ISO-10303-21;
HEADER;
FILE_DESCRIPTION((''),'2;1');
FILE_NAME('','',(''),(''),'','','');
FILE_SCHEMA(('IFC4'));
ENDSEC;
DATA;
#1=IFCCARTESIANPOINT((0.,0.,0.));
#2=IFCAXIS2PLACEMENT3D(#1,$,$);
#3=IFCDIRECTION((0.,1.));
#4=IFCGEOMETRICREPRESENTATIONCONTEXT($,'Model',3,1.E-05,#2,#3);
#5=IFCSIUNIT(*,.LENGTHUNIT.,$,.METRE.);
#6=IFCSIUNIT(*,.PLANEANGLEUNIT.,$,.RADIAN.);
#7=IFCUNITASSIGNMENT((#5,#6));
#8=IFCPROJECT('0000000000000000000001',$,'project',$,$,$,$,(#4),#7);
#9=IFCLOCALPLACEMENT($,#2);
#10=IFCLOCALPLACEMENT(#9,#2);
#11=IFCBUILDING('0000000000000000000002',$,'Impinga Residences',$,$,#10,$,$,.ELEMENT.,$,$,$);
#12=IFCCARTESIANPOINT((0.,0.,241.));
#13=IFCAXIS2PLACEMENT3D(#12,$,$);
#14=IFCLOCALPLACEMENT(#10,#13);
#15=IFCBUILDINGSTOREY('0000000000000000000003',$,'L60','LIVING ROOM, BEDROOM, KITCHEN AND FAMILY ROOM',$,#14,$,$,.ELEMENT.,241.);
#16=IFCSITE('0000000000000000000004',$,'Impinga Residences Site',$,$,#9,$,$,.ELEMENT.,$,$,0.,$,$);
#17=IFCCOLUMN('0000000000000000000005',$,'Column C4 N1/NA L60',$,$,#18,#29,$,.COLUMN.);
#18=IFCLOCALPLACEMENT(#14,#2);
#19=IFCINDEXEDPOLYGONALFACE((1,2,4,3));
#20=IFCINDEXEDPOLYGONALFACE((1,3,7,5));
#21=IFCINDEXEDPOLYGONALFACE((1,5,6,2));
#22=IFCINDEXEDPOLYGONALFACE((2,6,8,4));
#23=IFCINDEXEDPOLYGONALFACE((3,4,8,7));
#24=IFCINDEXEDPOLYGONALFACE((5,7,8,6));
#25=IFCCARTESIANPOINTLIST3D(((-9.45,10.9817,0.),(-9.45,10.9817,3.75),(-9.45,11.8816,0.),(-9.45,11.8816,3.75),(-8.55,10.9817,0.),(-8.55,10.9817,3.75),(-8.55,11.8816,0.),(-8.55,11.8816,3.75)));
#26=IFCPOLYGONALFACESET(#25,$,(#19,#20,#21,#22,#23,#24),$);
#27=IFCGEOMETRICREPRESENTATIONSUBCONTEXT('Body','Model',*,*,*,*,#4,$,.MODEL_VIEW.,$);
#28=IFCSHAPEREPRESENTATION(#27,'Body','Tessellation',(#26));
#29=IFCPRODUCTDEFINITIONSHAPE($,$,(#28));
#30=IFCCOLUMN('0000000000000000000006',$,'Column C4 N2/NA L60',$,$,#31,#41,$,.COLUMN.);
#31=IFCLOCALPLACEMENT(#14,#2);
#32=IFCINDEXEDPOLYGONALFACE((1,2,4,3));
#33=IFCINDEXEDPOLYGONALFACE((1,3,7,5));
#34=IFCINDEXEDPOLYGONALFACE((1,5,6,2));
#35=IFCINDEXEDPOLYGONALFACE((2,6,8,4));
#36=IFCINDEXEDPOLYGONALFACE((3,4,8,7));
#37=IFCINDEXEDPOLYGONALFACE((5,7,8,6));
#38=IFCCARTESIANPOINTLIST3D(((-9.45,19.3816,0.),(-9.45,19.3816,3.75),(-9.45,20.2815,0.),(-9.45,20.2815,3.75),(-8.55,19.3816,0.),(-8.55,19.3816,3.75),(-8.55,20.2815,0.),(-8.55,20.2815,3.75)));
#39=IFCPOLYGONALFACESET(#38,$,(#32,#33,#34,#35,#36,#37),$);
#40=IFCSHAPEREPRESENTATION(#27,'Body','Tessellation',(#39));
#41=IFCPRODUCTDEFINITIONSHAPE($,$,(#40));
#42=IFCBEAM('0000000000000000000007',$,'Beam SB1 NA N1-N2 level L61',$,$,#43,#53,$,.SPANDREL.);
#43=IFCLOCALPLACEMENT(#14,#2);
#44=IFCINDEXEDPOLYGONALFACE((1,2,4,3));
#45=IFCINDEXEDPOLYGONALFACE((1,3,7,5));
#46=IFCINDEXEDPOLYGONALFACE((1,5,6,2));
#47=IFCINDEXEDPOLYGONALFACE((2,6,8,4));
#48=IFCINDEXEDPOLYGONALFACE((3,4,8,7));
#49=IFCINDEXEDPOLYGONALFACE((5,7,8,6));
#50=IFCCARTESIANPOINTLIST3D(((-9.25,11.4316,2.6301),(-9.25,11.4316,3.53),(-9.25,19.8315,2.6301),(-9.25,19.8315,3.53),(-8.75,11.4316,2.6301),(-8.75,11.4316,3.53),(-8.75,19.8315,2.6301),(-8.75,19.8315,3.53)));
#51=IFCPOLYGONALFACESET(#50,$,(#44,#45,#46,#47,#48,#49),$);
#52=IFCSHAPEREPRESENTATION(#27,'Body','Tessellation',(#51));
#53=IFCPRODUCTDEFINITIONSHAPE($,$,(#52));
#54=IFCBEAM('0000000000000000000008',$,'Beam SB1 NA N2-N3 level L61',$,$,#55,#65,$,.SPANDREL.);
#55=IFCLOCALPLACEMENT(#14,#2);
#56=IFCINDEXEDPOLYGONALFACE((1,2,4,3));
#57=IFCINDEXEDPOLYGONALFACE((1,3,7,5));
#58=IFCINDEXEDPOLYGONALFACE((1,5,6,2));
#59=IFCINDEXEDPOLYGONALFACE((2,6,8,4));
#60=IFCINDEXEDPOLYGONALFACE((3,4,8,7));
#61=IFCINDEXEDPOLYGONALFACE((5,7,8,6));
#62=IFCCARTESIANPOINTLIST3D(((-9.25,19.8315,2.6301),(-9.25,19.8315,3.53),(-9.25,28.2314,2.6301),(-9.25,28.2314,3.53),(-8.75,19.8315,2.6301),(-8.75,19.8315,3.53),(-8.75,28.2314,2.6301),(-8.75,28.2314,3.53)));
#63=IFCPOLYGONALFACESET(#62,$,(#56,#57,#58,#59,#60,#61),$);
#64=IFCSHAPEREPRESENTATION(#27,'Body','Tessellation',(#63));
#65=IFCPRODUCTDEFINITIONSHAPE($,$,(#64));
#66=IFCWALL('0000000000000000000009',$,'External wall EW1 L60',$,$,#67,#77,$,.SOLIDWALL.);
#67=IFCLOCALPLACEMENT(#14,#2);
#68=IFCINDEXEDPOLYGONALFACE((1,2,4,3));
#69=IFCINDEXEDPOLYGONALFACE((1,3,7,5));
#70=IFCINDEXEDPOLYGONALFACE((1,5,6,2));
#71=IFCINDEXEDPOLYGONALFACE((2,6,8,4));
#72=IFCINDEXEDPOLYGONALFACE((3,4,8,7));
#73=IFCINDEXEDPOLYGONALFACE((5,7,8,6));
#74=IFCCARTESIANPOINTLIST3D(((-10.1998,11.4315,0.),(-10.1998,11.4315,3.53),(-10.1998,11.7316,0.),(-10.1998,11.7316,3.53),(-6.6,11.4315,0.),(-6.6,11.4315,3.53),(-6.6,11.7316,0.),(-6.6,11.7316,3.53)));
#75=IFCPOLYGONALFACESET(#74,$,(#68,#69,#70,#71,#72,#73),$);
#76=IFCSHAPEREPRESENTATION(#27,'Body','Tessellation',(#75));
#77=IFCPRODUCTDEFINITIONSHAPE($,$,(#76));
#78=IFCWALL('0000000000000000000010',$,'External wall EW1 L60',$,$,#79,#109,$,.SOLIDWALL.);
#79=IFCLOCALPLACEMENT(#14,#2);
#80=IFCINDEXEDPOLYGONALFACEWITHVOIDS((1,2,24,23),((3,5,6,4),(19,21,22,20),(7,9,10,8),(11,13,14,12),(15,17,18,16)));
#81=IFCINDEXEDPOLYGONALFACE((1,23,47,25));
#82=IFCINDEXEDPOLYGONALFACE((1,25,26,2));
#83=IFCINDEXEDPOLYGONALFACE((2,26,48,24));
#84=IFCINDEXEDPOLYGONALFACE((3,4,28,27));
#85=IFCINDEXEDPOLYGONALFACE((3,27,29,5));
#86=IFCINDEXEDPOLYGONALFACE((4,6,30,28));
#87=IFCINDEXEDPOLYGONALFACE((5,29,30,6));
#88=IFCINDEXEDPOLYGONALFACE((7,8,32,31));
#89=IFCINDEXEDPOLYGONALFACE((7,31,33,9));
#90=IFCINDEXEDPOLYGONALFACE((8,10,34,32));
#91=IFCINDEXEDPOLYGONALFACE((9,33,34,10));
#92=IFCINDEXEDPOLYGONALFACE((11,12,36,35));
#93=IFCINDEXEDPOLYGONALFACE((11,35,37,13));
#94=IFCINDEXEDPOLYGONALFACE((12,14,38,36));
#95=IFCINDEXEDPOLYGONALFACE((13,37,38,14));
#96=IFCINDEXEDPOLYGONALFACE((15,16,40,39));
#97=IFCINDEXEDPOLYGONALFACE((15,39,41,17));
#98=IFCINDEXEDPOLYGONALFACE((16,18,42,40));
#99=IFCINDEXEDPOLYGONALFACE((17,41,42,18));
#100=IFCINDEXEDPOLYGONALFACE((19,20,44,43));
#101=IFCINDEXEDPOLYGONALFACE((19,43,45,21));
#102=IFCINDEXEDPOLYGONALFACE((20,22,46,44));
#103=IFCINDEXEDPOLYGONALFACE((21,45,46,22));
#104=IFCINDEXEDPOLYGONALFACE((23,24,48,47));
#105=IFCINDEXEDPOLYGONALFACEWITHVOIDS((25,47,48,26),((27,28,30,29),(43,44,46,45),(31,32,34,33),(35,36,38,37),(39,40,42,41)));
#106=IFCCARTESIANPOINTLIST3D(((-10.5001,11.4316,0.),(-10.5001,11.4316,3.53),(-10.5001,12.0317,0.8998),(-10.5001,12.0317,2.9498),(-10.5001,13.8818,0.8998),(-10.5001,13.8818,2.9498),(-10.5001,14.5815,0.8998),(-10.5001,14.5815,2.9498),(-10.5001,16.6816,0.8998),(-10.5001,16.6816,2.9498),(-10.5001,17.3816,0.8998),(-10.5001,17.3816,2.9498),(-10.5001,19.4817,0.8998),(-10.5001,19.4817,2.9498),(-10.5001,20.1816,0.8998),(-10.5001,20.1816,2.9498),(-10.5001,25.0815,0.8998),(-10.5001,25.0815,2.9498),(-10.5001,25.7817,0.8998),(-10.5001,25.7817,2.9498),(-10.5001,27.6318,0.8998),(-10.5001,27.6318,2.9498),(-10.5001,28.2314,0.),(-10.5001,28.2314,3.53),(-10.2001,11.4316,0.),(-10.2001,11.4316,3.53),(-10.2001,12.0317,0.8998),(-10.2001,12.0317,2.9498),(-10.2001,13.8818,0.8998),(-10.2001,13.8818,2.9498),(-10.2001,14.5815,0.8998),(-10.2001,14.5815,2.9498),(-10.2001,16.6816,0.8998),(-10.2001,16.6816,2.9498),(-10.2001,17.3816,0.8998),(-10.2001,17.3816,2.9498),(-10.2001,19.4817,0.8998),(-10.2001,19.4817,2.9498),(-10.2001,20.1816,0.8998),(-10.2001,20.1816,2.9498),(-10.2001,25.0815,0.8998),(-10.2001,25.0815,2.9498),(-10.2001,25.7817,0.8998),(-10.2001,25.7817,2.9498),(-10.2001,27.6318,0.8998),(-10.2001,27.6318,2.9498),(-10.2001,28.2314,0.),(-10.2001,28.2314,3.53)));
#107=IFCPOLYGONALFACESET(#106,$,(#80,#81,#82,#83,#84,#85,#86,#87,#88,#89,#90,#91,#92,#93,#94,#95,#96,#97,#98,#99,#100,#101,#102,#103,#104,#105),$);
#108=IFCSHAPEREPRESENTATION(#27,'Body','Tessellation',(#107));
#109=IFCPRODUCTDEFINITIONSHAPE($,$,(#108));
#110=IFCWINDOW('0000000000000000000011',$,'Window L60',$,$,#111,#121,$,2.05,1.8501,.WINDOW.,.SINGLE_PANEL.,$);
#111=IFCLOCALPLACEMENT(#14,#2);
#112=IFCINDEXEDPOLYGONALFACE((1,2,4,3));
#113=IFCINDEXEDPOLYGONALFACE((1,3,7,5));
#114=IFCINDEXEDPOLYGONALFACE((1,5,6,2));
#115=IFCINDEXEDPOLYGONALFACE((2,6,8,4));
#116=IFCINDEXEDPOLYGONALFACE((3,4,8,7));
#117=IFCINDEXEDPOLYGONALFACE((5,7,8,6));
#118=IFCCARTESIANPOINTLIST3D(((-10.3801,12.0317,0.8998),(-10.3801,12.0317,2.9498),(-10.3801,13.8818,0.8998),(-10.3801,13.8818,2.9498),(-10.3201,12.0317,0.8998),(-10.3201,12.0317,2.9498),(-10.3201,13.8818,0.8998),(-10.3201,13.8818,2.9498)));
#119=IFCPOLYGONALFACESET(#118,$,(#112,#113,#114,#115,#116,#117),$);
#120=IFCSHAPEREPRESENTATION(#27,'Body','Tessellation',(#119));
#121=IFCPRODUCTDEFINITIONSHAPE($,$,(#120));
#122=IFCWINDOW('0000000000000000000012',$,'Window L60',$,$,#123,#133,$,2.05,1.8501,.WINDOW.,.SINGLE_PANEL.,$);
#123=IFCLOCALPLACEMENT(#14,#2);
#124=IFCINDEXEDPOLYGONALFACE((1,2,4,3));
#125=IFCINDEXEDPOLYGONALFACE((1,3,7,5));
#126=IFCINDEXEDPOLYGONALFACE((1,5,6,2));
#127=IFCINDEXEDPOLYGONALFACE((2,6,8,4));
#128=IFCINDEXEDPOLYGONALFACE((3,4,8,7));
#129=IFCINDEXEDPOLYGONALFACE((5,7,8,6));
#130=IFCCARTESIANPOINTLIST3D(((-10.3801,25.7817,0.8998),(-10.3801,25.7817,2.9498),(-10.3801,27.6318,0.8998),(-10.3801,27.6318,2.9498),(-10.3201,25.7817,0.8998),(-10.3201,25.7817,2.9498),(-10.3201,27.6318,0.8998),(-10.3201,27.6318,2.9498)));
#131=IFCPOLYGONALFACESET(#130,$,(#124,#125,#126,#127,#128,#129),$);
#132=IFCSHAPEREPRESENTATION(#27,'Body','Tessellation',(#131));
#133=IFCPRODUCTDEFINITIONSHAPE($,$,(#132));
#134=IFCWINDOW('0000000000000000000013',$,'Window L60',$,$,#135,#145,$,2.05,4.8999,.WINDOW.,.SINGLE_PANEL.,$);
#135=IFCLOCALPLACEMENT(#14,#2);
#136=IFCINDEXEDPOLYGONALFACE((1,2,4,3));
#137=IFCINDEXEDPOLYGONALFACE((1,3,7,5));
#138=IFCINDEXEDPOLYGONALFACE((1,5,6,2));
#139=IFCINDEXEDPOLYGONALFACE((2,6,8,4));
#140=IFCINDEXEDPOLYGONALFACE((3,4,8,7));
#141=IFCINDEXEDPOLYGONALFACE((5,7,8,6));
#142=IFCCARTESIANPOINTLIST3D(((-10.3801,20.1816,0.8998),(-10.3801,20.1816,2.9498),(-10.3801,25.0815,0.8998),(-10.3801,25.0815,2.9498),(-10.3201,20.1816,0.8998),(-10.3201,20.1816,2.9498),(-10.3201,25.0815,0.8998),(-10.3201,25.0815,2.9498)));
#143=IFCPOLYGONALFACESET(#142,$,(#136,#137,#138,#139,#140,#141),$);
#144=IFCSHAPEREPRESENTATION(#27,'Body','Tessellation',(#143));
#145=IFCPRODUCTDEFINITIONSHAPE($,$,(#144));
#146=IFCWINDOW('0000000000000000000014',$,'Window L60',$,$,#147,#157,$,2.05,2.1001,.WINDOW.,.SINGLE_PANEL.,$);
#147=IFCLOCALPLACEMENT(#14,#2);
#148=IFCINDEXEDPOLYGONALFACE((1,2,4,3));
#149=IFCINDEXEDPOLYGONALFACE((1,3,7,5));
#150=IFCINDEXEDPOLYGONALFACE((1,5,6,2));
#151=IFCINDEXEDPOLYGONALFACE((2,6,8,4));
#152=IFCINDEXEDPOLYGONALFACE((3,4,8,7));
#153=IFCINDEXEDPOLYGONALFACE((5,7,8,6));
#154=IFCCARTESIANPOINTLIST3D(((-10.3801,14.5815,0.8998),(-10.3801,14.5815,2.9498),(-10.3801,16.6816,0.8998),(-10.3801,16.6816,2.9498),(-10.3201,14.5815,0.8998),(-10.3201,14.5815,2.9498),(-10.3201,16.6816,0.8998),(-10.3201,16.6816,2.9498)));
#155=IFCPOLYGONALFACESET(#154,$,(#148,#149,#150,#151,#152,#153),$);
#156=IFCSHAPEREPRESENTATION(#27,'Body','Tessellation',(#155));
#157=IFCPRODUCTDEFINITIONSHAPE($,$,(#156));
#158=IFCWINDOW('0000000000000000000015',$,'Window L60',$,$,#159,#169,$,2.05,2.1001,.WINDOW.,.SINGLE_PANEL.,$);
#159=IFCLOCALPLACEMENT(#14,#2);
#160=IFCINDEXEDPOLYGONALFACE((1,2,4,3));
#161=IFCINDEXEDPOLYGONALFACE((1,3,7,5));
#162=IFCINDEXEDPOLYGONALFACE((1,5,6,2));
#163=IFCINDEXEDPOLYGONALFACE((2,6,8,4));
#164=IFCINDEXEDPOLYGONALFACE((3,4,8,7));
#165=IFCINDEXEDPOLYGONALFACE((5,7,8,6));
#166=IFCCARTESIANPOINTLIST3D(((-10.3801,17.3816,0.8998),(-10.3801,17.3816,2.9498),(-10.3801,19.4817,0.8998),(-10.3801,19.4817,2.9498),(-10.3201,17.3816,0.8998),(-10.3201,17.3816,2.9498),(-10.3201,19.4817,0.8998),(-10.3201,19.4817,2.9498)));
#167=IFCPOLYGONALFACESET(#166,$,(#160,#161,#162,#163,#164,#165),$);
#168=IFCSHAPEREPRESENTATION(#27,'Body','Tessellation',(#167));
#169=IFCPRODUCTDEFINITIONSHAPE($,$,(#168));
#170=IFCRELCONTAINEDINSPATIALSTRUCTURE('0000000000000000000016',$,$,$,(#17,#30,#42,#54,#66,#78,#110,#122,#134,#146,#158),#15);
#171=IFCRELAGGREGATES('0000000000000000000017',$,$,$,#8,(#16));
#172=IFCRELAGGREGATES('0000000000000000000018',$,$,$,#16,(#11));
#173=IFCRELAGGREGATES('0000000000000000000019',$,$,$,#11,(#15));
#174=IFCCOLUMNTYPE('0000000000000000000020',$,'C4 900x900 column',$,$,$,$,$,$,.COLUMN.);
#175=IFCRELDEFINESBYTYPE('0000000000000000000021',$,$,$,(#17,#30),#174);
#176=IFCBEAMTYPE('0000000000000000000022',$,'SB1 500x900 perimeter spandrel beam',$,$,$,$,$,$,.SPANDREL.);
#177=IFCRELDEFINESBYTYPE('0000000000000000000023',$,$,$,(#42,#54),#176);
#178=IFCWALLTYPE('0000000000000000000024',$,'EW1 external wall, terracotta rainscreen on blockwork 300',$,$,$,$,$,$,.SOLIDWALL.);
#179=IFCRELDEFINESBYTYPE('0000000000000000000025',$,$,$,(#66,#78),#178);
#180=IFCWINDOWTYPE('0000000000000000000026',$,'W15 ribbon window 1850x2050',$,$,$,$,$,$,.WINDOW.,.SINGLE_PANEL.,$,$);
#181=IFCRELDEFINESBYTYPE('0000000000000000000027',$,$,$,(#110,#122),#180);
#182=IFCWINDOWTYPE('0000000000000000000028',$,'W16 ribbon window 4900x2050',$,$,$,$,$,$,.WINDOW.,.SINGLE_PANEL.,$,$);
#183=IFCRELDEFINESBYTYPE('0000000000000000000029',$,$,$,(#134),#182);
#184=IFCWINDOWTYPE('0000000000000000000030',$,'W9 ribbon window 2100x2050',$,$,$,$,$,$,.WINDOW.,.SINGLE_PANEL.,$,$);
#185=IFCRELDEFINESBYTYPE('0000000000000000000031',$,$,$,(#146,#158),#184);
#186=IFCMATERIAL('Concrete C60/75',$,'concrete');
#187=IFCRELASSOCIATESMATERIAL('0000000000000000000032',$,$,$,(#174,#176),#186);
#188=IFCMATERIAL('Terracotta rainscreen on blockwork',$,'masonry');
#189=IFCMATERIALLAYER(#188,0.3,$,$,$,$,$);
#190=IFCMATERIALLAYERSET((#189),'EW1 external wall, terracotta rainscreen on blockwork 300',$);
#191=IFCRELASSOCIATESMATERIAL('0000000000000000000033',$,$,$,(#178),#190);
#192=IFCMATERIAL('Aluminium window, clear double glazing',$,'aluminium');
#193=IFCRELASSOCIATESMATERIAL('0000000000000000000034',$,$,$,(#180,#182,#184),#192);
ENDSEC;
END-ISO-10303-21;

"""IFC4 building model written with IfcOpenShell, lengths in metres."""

from ifc_helpers import new_model, si_unit, direction, frame, frame_2d, origin, origin_2d, place, context, subcontext, project, spatial, rectangle, extrude, material, layer, layer_set, material_profile, profile_set, type_object, element, fill, save


model = new_model("IFC4")

# Units and contexts
model_context = context("Model", 3, precision=1e-05, world=origin(), true_north=direction((0.0, 1.0)))
body_context = subcontext(model_context, "Body", "Model", "MODEL_VIEW")
ifc_project = project(units=[si_unit("LENGTHUNIT", "METRE"), si_unit("PLANEANGLEUNIT", "RADIAN")], contexts=[model_context])

# Site, building, storey
site_placement = place(None, origin())
site = spatial("IfcSite", under=ifc_project, at=site_placement, Name="Impinga Residences Site", CompositionType="ELEMENT", RefElevation=0.0)
building_placement = place(site_placement, origin())
building = spatial("IfcBuilding", under=site, at=building_placement, Name="Impinga Residences", CompositionType="ELEMENT")
storey_placement = place(building_placement, frame((0.0, 0.0, 241.0)))
storey = spatial("IfcBuildingStorey", under=building, at=storey_placement, Name="L60", Description="LIVING ROOM, BEDROOM, KITCHEN AND FAMILY ROOM", CompositionType="ELEMENT", Elevation=241.0)

# Columns
ifc_material_1 = material(Name="Concrete C60/75", Category="concrete")
ifc_material_profile_1 = material_profile(ifc_material_1, rectangle(XDim=0.8999, YDim=0.8999, at=origin_2d()), Name="RC 900x900")
ifc_profile_set_1 = profile_set([ifc_material_profile_1], Name="Concrete C60/75")
column_type = type_object("IfcColumnType", Name="C4 900x900 column", PredefinedType="COLUMN", material=ifc_profile_set_1)
for number, where, z_axis, x_axis, name in (
    (1, (-9.0, 11.4316, 0.0), (0.0, 0.0, 1.0), (1.0, 0.0, 0.0), "Column C4 N1/NA L60"),
    (2, (-9.0, 19.8315, 0.0), (0.0, 0.0, 1.0), (1.0, 0.0, 0.0), "Column C4 N2/NA L60"),
):
    element("IfcColumn", number, at=place(storey_placement, frame(where, z_axis=z_axis, x_axis=x_axis)), inside=storey, type_object=column_type, Name=name, PredefinedType="COLUMN", context=body_context, shape_type="SweptSolid", body=[
        extrude(rectangle(XDim=0.8999, YDim=0.8999, at=origin_2d()), origin(), (0.0, 0.0, 1.0), 3.75),
    ])

# Beams
ifc_material_profile_2 = material_profile(ifc_material_1, rectangle(XDim=0.5, YDim=0.8999, at=origin_2d()), Name="RC 500x900")
ifc_profile_set_2 = profile_set([ifc_material_profile_2], Name="Concrete C60/75")
beam_type = type_object("IfcBeamType", Name="SB1 500x900 perimeter spandrel beam", PredefinedType="SPANDREL", material=ifc_profile_set_2)
for number, where, z_axis, x_axis, name in (
    (3, (-9.0, 11.4316, 3.0801), (0.0, 1.0, 0.0), (-1.0, 0.0, 0.0), "Beam SB1 NA N1-N2 level L61"),
    (4, (-9.0, 19.8315, 3.0801), (0.0, 1.0, 0.0), (-1.0, 0.0, 0.0), "Beam SB1 NA N2-N3 level L61"),
):
    element("IfcBeam", number, at=place(storey_placement, frame(where, z_axis=z_axis, x_axis=x_axis)), inside=storey, type_object=beam_type, Name=name, PredefinedType="SPANDREL", context=body_context, shape_type="SweptSolid", body=[
        extrude(rectangle(XDim=0.5, YDim=0.8999, at=origin_2d()), origin(), (0.0, 0.0, 1.0), 8.3999),
    ])

# Wall
ifc_material_2 = material(Name="Terracotta rainscreen on blockwork", Category="masonry")
ifc_layer_1 = layer(ifc_material_2, 0.3)
ifc_layer_set_1 = layer_set([ifc_layer_1], Name="EW1 external wall, terracotta rainscreen on blockwork 300")
wall_type_1 = type_object("IfcWallType", Name="EW1 external wall, terracotta rainscreen on blockwork 300", PredefinedType="SOLIDWALL", material=ifc_layer_set_1)
wall_1_placement = place(storey_placement, frame((-6.6001, 11.5815, 0.0), z_axis=(0.0, 0.0, 1.0), x_axis=(-1.0, 0.0, 0.0)))
element("IfcWall", 5, at=wall_1_placement, inside=storey, type_object=wall_type_1, Name="External wall EW1 L60", PredefinedType="SOLIDWALL", context=body_context, shape_type="SweptSolid", body=[
    extrude(rectangle(XDim=3.5999, YDim=0.3, at=frame_2d((1.7998, 0.0))), origin(), (0.0, 0.0, 1.0), 3.53),
])

# Wall, openings, windows
wall_2_placement = place(storey_placement, frame((-10.3501, 11.4316, 0.0), z_axis=(0.0, 0.0, 1.0), x_axis=(0.0, 1.0, 0.0)))
wall_2 = element("IfcWall", 6, at=wall_2_placement, inside=storey, type_object=wall_type_1, Name="External wall EW1 L60", PredefinedType="SOLIDWALL", context=body_context, shape_type="SweptSolid", body=[
    extrude(rectangle(XDim=16.7998, YDim=0.3, at=frame_2d((8.3999, 0.0))), origin(), (0.0, 0.0, 1.0), 3.53),
])
opening_1_placement = place(wall_2_placement, frame((0.6001, 0.0, 0.8999)))
opening_1 = element("IfcOpeningElement", 7, at=opening_1_placement, cuts=wall_2, PredefinedType="OPENING", context=body_context, shape_type="SweptSolid", body=[
    extrude(rectangle(XDim=1.8501, YDim=2.05, at=frame_2d((0.925, 1.0249))), frame((0.0, 0.1599, 0.0), z_axis=(0.0, -1.0, 0.0), x_axis=(1.0, 0.0, 0.0)), (0.0, 0.0, 1.0), 0.3201),
])
opening_2_placement = place(wall_2_placement, frame((3.1499, 0.0, 0.8999)))
opening_2 = element("IfcOpeningElement", 8, at=opening_2_placement, cuts=wall_2, PredefinedType="OPENING", context=body_context, shape_type="SweptSolid", body=[
    extrude(rectangle(XDim=2.1001, YDim=2.05, at=frame_2d((1.05, 1.0249))), frame((0.0, 0.1599, 0.0), z_axis=(0.0, -1.0, 0.0), x_axis=(1.0, 0.0, 0.0)), (0.0, 0.0, 1.0), 0.3201),
])
opening_3_placement = place(wall_2_placement, frame((5.95, 0.0, 0.8999)))
opening_3 = element("IfcOpeningElement", 9, at=opening_3_placement, cuts=wall_2, PredefinedType="OPENING", context=body_context, shape_type="SweptSolid", body=[
    extrude(rectangle(XDim=2.1001, YDim=2.05, at=frame_2d((1.05, 1.0249))), frame((0.0, 0.1599, 0.0), z_axis=(0.0, -1.0, 0.0), x_axis=(1.0, 0.0, 0.0)), (0.0, 0.0, 1.0), 0.3201),
])
opening_4_placement = place(wall_2_placement, frame((8.75, 0.0, 0.8999)))
opening_4 = element("IfcOpeningElement", 10, at=opening_4_placement, cuts=wall_2, PredefinedType="OPENING", context=body_context, shape_type="SweptSolid", body=[
    extrude(rectangle(XDim=4.8999, YDim=2.05, at=frame_2d((2.45, 1.0249))), frame((0.0, 0.1599, 0.0), z_axis=(0.0, -1.0, 0.0), x_axis=(1.0, 0.0, 0.0)), (0.0, 0.0, 1.0), 0.3201),
])
opening_5_placement = place(wall_2_placement, frame((14.3501, 0.0, 0.8999)))
opening_5 = element("IfcOpeningElement", 11, at=opening_5_placement, cuts=wall_2, PredefinedType="OPENING", context=body_context, shape_type="SweptSolid", body=[
    extrude(rectangle(XDim=1.8501, YDim=2.05, at=frame_2d((0.925, 1.0249))), frame((0.0, 0.1599, 0.0), z_axis=(0.0, -1.0, 0.0), x_axis=(1.0, 0.0, 0.0)), (0.0, 0.0, 1.0), 0.3201),
])
ifc_material_3 = material(Name="Aluminium window, clear double glazing", Category="aluminium")
window_type_1 = type_object("IfcWindowType", Name="W15 ribbon window 1850x2050", PartitioningType="SINGLE_PANEL", PredefinedType="WINDOW", material=ifc_material_3)
window_1_placement = place(opening_1_placement, origin())
window_1 = element("IfcWindow", 12, at=window_1_placement, inside=storey, type_object=window_type_1, Name="Window L60", OverallHeight=2.05, OverallWidth=1.8501, PartitioningType="SINGLE_PANEL", PredefinedType="WINDOW", context=body_context, shape_type="SweptSolid", body=[
    extrude(rectangle(XDim=1.8501, YDim=2.05, at=frame_2d((0.925, 1.0249))), frame((0.0, 0.03, 0.0), z_axis=(0.0, -1.0, 0.0), x_axis=(1.0, 0.0, 0.0)), (0.0, 0.0, 1.0), 0.0601),
])
fill(opening_1, window_1)
window_2_placement = place(opening_5_placement, origin())
window_2 = element("IfcWindow", 13, at=window_2_placement, inside=storey, type_object=window_type_1, Name="Window L60", OverallHeight=2.05, OverallWidth=1.8501, PartitioningType="SINGLE_PANEL", PredefinedType="WINDOW", context=body_context, shape_type="SweptSolid", body=[
    extrude(rectangle(XDim=1.8501, YDim=2.05, at=frame_2d((0.925, 1.0249))), frame((0.0, 0.03, 0.0), z_axis=(0.0, -1.0, 0.0), x_axis=(1.0, 0.0, 0.0)), (0.0, 0.0, 1.0), 0.0601),
])
fill(opening_5, window_2)
window_type_2 = type_object("IfcWindowType", Name="W16 ribbon window 4900x2050", PartitioningType="SINGLE_PANEL", PredefinedType="WINDOW", material=ifc_material_3)
window_3_placement = place(opening_4_placement, origin())
window_3 = element("IfcWindow", 14, at=window_3_placement, inside=storey, type_object=window_type_2, Name="Window L60", OverallHeight=2.05, OverallWidth=4.8999, PartitioningType="SINGLE_PANEL", PredefinedType="WINDOW", context=body_context, shape_type="SweptSolid", body=[
    extrude(rectangle(XDim=4.8999, YDim=2.05, at=frame_2d((2.45, 1.0249))), frame((0.0, 0.03, 0.0), z_axis=(0.0, -1.0, 0.0), x_axis=(1.0, 0.0, 0.0)), (0.0, 0.0, 1.0), 0.0601),
])
fill(opening_4, window_3)
window_type_3 = type_object("IfcWindowType", Name="W9 ribbon window 2100x2050", PartitioningType="SINGLE_PANEL", PredefinedType="WINDOW", material=ifc_material_3)
window_4_placement = place(opening_2_placement, origin())
window_4 = element("IfcWindow", 15, at=window_4_placement, inside=storey, type_object=window_type_3, Name="Window L60", OverallHeight=2.05, OverallWidth=2.1001, PartitioningType="SINGLE_PANEL", PredefinedType="WINDOW", context=body_context, shape_type="SweptSolid", body=[
    extrude(rectangle(XDim=2.1001, YDim=2.05, at=frame_2d((1.05, 1.0249))), frame((0.0, 0.03, 0.0), z_axis=(0.0, -1.0, 0.0), x_axis=(1.0, 0.0, 0.0)), (0.0, 0.0, 1.0), 0.0601),
])
fill(opening_2, window_4)
window_5_placement = place(opening_3_placement, origin())
window_5 = element("IfcWindow", 16, at=window_5_placement, inside=storey, type_object=window_type_3, Name="Window L60", OverallHeight=2.05, OverallWidth=2.1001, PartitioningType="SINGLE_PANEL", PredefinedType="WINDOW", context=body_context, shape_type="SweptSolid", body=[
    extrude(rectangle(XDim=2.1001, YDim=2.05, at=frame_2d((1.05, 1.0249))), frame((0.0, 0.03, 0.0), z_axis=(0.0, -1.0, 0.0), x_axis=(1.0, 0.0, 0.0)), (0.0, 0.0, 1.0), 0.0601),
])
fill(opening_3, window_5)

save(model, "model.ifc")
